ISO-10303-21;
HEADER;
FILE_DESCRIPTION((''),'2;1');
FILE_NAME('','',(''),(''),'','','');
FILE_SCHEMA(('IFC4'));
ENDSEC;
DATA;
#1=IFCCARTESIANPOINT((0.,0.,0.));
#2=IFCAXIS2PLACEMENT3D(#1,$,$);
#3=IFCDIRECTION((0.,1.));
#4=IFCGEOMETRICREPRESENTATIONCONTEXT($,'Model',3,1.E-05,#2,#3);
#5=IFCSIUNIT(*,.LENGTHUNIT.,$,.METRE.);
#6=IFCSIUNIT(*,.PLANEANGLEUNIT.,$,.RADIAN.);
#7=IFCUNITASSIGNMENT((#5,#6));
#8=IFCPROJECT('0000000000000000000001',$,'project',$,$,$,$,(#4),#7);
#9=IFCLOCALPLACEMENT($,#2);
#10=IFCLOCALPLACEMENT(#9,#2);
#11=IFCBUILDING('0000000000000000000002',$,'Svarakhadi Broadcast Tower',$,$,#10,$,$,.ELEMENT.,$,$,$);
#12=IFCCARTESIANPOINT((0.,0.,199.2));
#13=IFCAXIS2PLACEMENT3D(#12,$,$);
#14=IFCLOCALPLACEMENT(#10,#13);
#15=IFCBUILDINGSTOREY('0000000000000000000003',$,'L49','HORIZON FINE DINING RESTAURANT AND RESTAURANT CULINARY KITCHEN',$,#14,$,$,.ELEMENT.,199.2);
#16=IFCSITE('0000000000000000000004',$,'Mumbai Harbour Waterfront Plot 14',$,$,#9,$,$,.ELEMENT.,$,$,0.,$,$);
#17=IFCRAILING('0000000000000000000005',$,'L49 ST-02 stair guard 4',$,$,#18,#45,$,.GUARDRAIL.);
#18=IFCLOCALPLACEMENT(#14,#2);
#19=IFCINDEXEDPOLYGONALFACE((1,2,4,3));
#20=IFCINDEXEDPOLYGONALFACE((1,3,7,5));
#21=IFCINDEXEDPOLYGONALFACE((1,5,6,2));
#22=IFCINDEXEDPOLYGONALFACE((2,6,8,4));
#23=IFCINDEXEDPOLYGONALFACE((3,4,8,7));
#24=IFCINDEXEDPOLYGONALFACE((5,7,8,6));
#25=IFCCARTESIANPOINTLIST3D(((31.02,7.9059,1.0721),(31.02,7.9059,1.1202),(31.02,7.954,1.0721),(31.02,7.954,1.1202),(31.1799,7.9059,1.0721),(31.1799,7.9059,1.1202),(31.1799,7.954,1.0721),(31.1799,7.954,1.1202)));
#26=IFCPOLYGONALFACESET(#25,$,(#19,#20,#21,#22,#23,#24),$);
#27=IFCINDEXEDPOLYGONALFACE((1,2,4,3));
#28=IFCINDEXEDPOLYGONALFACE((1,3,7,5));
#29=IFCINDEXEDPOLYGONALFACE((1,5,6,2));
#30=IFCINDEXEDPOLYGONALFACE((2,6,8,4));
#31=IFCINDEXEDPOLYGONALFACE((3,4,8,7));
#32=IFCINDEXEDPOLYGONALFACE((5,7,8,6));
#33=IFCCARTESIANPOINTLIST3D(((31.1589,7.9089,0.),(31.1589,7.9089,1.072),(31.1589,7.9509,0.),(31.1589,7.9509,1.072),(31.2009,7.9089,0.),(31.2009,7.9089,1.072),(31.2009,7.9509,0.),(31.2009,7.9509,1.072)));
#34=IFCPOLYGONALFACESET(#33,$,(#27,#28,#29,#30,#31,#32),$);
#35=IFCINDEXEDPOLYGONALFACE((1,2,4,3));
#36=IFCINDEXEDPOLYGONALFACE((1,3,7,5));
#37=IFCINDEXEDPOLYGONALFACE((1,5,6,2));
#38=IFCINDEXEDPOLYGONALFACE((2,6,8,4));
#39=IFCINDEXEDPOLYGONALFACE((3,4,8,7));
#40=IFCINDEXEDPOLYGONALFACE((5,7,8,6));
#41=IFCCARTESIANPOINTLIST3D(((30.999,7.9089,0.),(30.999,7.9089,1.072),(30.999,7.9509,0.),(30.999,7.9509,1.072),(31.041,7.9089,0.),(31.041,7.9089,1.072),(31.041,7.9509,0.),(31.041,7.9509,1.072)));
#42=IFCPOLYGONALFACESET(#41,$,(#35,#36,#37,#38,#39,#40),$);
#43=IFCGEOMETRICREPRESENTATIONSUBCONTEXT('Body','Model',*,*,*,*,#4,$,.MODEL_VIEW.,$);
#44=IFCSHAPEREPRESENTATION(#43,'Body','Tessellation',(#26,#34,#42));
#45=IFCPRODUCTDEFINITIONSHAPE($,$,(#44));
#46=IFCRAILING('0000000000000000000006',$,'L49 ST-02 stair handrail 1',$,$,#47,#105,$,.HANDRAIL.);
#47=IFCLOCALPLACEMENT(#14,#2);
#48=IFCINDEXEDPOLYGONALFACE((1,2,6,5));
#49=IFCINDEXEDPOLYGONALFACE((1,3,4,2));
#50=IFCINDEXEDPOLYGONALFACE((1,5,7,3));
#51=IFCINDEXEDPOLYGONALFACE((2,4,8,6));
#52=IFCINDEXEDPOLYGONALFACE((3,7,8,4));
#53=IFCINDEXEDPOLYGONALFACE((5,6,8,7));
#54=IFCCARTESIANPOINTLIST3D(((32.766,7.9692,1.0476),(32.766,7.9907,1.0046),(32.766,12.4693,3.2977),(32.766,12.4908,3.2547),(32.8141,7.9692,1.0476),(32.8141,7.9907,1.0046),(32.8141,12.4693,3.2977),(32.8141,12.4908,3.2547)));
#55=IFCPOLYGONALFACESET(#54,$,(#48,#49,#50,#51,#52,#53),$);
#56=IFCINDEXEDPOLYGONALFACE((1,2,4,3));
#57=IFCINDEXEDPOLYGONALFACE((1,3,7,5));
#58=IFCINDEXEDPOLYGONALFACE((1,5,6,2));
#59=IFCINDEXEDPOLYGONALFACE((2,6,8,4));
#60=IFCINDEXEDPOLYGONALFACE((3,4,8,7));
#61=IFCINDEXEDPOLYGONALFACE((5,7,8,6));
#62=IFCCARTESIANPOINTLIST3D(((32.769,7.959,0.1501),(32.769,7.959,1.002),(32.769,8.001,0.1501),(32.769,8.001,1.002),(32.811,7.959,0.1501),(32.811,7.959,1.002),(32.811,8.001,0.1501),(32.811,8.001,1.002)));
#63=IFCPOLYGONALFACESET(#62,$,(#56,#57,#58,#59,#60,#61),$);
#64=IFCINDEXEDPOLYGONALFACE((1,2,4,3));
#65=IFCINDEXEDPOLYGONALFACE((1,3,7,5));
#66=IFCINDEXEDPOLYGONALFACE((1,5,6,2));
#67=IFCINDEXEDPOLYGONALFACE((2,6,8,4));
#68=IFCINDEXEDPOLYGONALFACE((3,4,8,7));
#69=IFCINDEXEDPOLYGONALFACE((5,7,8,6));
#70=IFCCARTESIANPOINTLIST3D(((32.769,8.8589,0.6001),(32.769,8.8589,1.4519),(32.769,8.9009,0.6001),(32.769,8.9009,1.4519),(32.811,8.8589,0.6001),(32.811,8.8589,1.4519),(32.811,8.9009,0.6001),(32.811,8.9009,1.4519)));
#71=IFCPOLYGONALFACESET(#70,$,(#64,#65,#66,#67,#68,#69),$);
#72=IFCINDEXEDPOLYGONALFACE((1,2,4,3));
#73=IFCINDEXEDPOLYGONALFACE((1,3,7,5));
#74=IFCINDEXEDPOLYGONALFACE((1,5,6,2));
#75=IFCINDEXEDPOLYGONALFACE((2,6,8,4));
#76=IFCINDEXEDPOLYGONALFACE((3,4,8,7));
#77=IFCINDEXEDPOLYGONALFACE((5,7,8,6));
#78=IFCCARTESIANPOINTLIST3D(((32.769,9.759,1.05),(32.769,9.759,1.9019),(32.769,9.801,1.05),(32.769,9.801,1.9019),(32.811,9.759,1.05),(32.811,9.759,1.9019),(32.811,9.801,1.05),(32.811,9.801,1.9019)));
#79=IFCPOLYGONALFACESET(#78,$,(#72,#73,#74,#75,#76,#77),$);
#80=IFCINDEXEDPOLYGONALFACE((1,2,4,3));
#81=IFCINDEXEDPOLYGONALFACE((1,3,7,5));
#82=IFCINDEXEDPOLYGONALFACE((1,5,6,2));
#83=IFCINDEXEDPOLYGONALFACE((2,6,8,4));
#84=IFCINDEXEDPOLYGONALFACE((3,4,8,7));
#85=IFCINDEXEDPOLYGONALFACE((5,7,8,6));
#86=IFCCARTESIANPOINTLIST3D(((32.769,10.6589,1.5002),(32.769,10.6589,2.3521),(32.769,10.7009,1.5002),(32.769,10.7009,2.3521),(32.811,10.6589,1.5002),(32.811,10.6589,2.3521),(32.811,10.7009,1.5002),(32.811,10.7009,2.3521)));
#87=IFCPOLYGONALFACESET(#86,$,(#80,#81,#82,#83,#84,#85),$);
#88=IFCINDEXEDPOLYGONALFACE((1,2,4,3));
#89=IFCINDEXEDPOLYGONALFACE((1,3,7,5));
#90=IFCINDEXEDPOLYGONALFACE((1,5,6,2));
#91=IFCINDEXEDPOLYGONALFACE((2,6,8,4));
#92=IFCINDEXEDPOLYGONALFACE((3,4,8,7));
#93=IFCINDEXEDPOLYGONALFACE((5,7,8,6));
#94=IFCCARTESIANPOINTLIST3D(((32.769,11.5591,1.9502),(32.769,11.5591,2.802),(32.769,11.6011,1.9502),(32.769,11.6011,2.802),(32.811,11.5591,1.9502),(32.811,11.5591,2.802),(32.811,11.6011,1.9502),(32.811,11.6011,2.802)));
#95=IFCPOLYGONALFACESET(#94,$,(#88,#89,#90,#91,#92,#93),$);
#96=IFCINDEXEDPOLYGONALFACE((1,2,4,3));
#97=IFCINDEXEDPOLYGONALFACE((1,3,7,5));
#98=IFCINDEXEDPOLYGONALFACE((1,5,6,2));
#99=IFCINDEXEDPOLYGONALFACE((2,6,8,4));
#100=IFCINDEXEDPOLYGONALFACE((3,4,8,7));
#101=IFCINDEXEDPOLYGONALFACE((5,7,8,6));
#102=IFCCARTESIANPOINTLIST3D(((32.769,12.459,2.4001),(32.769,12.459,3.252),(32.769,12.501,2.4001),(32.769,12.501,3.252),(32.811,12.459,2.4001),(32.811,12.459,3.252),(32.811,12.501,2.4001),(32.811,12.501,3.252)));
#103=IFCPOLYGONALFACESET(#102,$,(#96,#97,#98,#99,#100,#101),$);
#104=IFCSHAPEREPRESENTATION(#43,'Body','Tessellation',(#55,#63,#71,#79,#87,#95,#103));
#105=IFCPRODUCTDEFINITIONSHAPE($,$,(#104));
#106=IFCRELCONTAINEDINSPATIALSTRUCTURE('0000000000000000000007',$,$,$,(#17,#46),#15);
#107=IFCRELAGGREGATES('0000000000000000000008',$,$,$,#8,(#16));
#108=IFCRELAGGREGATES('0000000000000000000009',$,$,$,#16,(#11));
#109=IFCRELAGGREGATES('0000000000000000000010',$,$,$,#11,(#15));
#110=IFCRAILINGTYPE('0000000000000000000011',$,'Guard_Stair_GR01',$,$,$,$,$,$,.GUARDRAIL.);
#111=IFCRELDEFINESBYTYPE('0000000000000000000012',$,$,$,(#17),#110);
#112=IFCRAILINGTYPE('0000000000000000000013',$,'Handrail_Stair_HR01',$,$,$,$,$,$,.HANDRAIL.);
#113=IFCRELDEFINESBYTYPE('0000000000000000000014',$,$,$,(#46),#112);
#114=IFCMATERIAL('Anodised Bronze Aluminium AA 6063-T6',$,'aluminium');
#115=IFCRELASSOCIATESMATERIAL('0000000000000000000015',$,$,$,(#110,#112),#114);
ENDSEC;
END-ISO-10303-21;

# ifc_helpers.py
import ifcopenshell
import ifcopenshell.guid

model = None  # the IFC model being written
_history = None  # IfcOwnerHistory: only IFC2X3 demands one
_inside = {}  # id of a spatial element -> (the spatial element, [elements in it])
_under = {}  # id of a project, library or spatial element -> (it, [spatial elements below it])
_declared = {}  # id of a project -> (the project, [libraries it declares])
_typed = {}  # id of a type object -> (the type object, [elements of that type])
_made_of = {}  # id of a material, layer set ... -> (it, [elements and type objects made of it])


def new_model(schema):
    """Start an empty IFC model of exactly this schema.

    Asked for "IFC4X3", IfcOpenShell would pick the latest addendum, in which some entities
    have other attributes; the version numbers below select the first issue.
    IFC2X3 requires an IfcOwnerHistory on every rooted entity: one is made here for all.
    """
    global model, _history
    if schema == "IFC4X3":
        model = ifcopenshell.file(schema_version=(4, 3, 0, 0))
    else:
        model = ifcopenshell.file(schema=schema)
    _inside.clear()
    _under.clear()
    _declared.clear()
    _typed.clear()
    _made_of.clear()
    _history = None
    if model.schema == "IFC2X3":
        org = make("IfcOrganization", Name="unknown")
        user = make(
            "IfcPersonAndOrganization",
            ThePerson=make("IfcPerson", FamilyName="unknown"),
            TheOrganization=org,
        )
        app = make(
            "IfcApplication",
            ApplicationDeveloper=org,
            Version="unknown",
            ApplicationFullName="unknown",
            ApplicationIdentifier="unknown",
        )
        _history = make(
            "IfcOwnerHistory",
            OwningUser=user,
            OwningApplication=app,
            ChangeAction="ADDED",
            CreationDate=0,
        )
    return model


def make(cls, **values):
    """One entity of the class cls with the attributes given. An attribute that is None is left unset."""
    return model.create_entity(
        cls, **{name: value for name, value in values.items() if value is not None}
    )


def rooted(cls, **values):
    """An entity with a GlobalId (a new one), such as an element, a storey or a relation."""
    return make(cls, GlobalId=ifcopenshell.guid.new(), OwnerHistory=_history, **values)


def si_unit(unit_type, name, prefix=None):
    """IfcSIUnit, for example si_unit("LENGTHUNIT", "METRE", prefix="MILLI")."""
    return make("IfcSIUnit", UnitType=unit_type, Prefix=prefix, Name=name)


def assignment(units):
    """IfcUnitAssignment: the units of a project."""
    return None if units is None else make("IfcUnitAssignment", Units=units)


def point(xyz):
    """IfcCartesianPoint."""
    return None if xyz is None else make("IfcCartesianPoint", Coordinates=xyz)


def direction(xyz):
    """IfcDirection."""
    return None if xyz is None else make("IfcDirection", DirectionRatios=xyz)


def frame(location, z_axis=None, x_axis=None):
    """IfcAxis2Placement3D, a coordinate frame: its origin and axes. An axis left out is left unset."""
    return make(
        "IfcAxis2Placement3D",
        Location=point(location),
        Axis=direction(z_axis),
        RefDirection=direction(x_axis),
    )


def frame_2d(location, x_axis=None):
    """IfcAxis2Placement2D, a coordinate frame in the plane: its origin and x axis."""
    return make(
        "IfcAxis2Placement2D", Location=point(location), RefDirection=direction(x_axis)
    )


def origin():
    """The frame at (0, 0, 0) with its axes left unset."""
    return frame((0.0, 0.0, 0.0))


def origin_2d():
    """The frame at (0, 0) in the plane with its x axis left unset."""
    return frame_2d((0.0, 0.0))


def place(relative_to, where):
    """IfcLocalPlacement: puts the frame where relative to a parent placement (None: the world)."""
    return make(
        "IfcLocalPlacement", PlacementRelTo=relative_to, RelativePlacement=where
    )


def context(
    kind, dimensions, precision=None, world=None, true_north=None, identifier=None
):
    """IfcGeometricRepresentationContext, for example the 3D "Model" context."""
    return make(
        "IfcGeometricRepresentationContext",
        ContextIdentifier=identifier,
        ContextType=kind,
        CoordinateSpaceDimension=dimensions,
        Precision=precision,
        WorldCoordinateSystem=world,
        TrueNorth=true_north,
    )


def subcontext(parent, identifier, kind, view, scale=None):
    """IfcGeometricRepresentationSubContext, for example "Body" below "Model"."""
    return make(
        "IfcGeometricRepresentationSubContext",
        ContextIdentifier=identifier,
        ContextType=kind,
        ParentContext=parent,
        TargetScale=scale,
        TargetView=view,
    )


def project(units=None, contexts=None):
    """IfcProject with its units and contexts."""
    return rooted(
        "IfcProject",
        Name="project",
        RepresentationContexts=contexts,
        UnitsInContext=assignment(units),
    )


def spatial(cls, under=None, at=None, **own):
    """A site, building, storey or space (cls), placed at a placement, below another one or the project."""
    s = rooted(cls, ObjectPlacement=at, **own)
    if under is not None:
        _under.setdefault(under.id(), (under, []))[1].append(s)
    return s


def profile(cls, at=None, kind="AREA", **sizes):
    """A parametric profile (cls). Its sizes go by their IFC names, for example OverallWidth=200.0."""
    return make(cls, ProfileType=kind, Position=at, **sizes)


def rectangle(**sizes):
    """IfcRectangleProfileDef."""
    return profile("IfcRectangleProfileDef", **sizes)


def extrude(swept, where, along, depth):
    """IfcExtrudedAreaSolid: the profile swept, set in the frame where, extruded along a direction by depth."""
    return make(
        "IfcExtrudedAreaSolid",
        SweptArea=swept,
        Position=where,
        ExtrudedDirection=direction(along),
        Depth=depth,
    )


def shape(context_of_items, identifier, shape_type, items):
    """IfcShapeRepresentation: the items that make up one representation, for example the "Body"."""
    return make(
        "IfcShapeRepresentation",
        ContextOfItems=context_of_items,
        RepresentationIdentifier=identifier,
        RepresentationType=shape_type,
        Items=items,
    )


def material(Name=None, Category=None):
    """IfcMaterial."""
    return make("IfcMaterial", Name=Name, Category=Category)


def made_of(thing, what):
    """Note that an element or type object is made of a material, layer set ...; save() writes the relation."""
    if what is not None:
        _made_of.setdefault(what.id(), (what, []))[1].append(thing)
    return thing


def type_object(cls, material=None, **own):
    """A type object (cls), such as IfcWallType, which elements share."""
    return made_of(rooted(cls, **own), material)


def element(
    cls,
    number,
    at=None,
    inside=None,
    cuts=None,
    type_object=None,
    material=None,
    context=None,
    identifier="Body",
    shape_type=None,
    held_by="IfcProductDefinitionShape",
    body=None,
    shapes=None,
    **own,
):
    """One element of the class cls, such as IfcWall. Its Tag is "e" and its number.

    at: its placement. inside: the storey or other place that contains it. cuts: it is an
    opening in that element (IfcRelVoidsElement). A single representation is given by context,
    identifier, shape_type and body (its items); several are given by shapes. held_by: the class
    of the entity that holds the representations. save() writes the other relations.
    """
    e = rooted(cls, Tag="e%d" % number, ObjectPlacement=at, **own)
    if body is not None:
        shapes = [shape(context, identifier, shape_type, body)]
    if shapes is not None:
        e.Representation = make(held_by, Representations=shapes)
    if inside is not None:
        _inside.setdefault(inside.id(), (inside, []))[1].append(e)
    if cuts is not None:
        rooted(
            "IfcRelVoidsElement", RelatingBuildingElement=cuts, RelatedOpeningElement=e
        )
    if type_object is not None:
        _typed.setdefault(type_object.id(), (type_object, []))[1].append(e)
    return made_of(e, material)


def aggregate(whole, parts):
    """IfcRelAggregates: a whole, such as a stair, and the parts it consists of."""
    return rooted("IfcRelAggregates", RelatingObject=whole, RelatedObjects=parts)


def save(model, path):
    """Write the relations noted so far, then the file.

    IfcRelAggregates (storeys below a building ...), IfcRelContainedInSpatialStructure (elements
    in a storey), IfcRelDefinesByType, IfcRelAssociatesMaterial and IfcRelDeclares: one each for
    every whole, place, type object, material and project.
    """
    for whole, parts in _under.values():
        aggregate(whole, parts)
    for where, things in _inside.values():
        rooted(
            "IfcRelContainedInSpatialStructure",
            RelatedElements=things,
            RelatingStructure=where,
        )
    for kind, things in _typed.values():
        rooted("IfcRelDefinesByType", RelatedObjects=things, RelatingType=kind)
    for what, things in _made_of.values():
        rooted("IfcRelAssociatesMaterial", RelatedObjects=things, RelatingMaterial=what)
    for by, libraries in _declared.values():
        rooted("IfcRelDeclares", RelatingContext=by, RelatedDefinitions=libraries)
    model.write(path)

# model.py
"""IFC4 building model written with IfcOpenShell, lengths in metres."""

from ifc_helpers import new_model, si_unit, direction, frame, origin, origin_2d, place, context, subcontext, project, spatial, rectangle, extrude, material, type_object, element, save


model = new_model("IFC4")

# Units and contexts
model_context = context("Model", 3, precision=1e-05, world=origin(), true_north=direction((0.0, 1.0)))
body_context = subcontext(model_context, "Body", "Model", "MODEL_VIEW")
ifc_project = project(units=[si_unit("LENGTHUNIT", "METRE"), si_unit("PLANEANGLEUNIT", "RADIAN")], contexts=[model_context])

# Site, building, storey
site_placement = place(None, origin())
site = spatial("IfcSite", under=ifc_project, at=site_placement, Name="Mumbai Harbour Waterfront Plot 14", CompositionType="ELEMENT", RefElevation=0.0)
building_placement = place(site_placement, origin())
building = spatial("IfcBuilding", under=site, at=building_placement, Name="Svarakhadi Broadcast Tower", CompositionType="ELEMENT")
storey_placement = place(building_placement, frame((0.0, 0.0, 199.2)))
storey = spatial("IfcBuildingStorey", under=building, at=storey_placement, Name="L49", Description="HORIZON FINE DINING RESTAURANT AND RESTAURANT CULINARY KITCHEN", CompositionType="ELEMENT", Elevation=199.2)

# Shared definitions
ifc_material_1 = material(Name="Anodised Bronze Aluminium AA 6063-T6", Category="aluminium")

# Railings
railing_type_1 = type_object("IfcRailingType", Name="Guard_Stair_GR01", PredefinedType="GUARDRAIL", material=ifc_material_1)
railing_1_placement = place(storey_placement, frame((31.1799, 7.9299, 0.0)))
element("IfcRailing", 1, at=railing_1_placement, inside=storey, type_object=railing_type_1, Name="L49 ST-02 stair guard 4", PredefinedType="GUARDRAIL", context=body_context, shape_type="SweptSolid", body=[
    extrude(rectangle(XDim=0.0481, YDim=0.0481, at=origin_2d()), frame((0.0, 0.0, 1.0962), z_axis=(-1.0, 0.0, 0.0), x_axis=(0.0, -1.0, 0.0)), (0.0, 0.0, 1.0), 0.1599),
    extrude(rectangle(XDim=0.042, YDim=0.042, at=origin_2d()), origin(), (0.0, 0.0, 1.0), 1.072),
    extrude(rectangle(XDim=0.042, YDim=0.042, at=origin_2d()), frame((-0.1599, 0.0, 0.0)), (0.0, 0.0, 1.0), 1.072),
])
railing_type_2 = type_object("IfcRailingType", Name="Handrail_Stair_HR01", PredefinedType="HANDRAIL", material=ifc_material_1)
railing_2_placement = place(storey_placement, frame((32.79, 7.98, 0.1501)))
element("IfcRailing", 2, at=railing_2_placement, inside=storey, type_object=railing_type_2, Name="L49 ST-02 stair handrail 1", PredefinedType="HANDRAIL", context=body_context, shape_type="SweptSolid", body=[
    extrude(rectangle(XDim=0.0481, YDim=0.0481, at=origin_2d()), frame((0.0, 0.0, 0.876), z_axis=(0.0, 0.894427, 0.447214), x_axis=(-1.0, 0.0, 0.0)), (0.0, 0.0, 1.0), 5.0312),
    extrude(rectangle(XDim=0.042, YDim=0.042, at=origin_2d()), origin(), (0.0, 0.0, 1.0), 0.8518),
    extrude(rectangle(XDim=0.042, YDim=0.042, at=origin_2d()), frame((0.0, 0.8999, 0.45)), (0.0, 0.0, 1.0), 0.8518),
    extrude(rectangle(XDim=0.042, YDim=0.042, at=origin_2d()), frame((0.0, 1.8, 0.8999)), (0.0, 0.0, 1.0), 0.8518),
    extrude(rectangle(XDim=0.042, YDim=0.042, at=origin_2d()), frame((0.0, 2.7, 1.3501)), (0.0, 0.0, 1.0), 0.8518),
    extrude(rectangle(XDim=0.042, YDim=0.042, at=origin_2d()), frame((0.0, 3.6001, 1.8)), (0.0, 0.0, 1.0), 0.8518),
    extrude(rectangle(XDim=0.042, YDim=0.042, at=origin_2d()), frame((0.0, 4.5, 2.25)), (0.0, 0.0, 1.0), 0.8518),
])

save(model, "model.ifc")
